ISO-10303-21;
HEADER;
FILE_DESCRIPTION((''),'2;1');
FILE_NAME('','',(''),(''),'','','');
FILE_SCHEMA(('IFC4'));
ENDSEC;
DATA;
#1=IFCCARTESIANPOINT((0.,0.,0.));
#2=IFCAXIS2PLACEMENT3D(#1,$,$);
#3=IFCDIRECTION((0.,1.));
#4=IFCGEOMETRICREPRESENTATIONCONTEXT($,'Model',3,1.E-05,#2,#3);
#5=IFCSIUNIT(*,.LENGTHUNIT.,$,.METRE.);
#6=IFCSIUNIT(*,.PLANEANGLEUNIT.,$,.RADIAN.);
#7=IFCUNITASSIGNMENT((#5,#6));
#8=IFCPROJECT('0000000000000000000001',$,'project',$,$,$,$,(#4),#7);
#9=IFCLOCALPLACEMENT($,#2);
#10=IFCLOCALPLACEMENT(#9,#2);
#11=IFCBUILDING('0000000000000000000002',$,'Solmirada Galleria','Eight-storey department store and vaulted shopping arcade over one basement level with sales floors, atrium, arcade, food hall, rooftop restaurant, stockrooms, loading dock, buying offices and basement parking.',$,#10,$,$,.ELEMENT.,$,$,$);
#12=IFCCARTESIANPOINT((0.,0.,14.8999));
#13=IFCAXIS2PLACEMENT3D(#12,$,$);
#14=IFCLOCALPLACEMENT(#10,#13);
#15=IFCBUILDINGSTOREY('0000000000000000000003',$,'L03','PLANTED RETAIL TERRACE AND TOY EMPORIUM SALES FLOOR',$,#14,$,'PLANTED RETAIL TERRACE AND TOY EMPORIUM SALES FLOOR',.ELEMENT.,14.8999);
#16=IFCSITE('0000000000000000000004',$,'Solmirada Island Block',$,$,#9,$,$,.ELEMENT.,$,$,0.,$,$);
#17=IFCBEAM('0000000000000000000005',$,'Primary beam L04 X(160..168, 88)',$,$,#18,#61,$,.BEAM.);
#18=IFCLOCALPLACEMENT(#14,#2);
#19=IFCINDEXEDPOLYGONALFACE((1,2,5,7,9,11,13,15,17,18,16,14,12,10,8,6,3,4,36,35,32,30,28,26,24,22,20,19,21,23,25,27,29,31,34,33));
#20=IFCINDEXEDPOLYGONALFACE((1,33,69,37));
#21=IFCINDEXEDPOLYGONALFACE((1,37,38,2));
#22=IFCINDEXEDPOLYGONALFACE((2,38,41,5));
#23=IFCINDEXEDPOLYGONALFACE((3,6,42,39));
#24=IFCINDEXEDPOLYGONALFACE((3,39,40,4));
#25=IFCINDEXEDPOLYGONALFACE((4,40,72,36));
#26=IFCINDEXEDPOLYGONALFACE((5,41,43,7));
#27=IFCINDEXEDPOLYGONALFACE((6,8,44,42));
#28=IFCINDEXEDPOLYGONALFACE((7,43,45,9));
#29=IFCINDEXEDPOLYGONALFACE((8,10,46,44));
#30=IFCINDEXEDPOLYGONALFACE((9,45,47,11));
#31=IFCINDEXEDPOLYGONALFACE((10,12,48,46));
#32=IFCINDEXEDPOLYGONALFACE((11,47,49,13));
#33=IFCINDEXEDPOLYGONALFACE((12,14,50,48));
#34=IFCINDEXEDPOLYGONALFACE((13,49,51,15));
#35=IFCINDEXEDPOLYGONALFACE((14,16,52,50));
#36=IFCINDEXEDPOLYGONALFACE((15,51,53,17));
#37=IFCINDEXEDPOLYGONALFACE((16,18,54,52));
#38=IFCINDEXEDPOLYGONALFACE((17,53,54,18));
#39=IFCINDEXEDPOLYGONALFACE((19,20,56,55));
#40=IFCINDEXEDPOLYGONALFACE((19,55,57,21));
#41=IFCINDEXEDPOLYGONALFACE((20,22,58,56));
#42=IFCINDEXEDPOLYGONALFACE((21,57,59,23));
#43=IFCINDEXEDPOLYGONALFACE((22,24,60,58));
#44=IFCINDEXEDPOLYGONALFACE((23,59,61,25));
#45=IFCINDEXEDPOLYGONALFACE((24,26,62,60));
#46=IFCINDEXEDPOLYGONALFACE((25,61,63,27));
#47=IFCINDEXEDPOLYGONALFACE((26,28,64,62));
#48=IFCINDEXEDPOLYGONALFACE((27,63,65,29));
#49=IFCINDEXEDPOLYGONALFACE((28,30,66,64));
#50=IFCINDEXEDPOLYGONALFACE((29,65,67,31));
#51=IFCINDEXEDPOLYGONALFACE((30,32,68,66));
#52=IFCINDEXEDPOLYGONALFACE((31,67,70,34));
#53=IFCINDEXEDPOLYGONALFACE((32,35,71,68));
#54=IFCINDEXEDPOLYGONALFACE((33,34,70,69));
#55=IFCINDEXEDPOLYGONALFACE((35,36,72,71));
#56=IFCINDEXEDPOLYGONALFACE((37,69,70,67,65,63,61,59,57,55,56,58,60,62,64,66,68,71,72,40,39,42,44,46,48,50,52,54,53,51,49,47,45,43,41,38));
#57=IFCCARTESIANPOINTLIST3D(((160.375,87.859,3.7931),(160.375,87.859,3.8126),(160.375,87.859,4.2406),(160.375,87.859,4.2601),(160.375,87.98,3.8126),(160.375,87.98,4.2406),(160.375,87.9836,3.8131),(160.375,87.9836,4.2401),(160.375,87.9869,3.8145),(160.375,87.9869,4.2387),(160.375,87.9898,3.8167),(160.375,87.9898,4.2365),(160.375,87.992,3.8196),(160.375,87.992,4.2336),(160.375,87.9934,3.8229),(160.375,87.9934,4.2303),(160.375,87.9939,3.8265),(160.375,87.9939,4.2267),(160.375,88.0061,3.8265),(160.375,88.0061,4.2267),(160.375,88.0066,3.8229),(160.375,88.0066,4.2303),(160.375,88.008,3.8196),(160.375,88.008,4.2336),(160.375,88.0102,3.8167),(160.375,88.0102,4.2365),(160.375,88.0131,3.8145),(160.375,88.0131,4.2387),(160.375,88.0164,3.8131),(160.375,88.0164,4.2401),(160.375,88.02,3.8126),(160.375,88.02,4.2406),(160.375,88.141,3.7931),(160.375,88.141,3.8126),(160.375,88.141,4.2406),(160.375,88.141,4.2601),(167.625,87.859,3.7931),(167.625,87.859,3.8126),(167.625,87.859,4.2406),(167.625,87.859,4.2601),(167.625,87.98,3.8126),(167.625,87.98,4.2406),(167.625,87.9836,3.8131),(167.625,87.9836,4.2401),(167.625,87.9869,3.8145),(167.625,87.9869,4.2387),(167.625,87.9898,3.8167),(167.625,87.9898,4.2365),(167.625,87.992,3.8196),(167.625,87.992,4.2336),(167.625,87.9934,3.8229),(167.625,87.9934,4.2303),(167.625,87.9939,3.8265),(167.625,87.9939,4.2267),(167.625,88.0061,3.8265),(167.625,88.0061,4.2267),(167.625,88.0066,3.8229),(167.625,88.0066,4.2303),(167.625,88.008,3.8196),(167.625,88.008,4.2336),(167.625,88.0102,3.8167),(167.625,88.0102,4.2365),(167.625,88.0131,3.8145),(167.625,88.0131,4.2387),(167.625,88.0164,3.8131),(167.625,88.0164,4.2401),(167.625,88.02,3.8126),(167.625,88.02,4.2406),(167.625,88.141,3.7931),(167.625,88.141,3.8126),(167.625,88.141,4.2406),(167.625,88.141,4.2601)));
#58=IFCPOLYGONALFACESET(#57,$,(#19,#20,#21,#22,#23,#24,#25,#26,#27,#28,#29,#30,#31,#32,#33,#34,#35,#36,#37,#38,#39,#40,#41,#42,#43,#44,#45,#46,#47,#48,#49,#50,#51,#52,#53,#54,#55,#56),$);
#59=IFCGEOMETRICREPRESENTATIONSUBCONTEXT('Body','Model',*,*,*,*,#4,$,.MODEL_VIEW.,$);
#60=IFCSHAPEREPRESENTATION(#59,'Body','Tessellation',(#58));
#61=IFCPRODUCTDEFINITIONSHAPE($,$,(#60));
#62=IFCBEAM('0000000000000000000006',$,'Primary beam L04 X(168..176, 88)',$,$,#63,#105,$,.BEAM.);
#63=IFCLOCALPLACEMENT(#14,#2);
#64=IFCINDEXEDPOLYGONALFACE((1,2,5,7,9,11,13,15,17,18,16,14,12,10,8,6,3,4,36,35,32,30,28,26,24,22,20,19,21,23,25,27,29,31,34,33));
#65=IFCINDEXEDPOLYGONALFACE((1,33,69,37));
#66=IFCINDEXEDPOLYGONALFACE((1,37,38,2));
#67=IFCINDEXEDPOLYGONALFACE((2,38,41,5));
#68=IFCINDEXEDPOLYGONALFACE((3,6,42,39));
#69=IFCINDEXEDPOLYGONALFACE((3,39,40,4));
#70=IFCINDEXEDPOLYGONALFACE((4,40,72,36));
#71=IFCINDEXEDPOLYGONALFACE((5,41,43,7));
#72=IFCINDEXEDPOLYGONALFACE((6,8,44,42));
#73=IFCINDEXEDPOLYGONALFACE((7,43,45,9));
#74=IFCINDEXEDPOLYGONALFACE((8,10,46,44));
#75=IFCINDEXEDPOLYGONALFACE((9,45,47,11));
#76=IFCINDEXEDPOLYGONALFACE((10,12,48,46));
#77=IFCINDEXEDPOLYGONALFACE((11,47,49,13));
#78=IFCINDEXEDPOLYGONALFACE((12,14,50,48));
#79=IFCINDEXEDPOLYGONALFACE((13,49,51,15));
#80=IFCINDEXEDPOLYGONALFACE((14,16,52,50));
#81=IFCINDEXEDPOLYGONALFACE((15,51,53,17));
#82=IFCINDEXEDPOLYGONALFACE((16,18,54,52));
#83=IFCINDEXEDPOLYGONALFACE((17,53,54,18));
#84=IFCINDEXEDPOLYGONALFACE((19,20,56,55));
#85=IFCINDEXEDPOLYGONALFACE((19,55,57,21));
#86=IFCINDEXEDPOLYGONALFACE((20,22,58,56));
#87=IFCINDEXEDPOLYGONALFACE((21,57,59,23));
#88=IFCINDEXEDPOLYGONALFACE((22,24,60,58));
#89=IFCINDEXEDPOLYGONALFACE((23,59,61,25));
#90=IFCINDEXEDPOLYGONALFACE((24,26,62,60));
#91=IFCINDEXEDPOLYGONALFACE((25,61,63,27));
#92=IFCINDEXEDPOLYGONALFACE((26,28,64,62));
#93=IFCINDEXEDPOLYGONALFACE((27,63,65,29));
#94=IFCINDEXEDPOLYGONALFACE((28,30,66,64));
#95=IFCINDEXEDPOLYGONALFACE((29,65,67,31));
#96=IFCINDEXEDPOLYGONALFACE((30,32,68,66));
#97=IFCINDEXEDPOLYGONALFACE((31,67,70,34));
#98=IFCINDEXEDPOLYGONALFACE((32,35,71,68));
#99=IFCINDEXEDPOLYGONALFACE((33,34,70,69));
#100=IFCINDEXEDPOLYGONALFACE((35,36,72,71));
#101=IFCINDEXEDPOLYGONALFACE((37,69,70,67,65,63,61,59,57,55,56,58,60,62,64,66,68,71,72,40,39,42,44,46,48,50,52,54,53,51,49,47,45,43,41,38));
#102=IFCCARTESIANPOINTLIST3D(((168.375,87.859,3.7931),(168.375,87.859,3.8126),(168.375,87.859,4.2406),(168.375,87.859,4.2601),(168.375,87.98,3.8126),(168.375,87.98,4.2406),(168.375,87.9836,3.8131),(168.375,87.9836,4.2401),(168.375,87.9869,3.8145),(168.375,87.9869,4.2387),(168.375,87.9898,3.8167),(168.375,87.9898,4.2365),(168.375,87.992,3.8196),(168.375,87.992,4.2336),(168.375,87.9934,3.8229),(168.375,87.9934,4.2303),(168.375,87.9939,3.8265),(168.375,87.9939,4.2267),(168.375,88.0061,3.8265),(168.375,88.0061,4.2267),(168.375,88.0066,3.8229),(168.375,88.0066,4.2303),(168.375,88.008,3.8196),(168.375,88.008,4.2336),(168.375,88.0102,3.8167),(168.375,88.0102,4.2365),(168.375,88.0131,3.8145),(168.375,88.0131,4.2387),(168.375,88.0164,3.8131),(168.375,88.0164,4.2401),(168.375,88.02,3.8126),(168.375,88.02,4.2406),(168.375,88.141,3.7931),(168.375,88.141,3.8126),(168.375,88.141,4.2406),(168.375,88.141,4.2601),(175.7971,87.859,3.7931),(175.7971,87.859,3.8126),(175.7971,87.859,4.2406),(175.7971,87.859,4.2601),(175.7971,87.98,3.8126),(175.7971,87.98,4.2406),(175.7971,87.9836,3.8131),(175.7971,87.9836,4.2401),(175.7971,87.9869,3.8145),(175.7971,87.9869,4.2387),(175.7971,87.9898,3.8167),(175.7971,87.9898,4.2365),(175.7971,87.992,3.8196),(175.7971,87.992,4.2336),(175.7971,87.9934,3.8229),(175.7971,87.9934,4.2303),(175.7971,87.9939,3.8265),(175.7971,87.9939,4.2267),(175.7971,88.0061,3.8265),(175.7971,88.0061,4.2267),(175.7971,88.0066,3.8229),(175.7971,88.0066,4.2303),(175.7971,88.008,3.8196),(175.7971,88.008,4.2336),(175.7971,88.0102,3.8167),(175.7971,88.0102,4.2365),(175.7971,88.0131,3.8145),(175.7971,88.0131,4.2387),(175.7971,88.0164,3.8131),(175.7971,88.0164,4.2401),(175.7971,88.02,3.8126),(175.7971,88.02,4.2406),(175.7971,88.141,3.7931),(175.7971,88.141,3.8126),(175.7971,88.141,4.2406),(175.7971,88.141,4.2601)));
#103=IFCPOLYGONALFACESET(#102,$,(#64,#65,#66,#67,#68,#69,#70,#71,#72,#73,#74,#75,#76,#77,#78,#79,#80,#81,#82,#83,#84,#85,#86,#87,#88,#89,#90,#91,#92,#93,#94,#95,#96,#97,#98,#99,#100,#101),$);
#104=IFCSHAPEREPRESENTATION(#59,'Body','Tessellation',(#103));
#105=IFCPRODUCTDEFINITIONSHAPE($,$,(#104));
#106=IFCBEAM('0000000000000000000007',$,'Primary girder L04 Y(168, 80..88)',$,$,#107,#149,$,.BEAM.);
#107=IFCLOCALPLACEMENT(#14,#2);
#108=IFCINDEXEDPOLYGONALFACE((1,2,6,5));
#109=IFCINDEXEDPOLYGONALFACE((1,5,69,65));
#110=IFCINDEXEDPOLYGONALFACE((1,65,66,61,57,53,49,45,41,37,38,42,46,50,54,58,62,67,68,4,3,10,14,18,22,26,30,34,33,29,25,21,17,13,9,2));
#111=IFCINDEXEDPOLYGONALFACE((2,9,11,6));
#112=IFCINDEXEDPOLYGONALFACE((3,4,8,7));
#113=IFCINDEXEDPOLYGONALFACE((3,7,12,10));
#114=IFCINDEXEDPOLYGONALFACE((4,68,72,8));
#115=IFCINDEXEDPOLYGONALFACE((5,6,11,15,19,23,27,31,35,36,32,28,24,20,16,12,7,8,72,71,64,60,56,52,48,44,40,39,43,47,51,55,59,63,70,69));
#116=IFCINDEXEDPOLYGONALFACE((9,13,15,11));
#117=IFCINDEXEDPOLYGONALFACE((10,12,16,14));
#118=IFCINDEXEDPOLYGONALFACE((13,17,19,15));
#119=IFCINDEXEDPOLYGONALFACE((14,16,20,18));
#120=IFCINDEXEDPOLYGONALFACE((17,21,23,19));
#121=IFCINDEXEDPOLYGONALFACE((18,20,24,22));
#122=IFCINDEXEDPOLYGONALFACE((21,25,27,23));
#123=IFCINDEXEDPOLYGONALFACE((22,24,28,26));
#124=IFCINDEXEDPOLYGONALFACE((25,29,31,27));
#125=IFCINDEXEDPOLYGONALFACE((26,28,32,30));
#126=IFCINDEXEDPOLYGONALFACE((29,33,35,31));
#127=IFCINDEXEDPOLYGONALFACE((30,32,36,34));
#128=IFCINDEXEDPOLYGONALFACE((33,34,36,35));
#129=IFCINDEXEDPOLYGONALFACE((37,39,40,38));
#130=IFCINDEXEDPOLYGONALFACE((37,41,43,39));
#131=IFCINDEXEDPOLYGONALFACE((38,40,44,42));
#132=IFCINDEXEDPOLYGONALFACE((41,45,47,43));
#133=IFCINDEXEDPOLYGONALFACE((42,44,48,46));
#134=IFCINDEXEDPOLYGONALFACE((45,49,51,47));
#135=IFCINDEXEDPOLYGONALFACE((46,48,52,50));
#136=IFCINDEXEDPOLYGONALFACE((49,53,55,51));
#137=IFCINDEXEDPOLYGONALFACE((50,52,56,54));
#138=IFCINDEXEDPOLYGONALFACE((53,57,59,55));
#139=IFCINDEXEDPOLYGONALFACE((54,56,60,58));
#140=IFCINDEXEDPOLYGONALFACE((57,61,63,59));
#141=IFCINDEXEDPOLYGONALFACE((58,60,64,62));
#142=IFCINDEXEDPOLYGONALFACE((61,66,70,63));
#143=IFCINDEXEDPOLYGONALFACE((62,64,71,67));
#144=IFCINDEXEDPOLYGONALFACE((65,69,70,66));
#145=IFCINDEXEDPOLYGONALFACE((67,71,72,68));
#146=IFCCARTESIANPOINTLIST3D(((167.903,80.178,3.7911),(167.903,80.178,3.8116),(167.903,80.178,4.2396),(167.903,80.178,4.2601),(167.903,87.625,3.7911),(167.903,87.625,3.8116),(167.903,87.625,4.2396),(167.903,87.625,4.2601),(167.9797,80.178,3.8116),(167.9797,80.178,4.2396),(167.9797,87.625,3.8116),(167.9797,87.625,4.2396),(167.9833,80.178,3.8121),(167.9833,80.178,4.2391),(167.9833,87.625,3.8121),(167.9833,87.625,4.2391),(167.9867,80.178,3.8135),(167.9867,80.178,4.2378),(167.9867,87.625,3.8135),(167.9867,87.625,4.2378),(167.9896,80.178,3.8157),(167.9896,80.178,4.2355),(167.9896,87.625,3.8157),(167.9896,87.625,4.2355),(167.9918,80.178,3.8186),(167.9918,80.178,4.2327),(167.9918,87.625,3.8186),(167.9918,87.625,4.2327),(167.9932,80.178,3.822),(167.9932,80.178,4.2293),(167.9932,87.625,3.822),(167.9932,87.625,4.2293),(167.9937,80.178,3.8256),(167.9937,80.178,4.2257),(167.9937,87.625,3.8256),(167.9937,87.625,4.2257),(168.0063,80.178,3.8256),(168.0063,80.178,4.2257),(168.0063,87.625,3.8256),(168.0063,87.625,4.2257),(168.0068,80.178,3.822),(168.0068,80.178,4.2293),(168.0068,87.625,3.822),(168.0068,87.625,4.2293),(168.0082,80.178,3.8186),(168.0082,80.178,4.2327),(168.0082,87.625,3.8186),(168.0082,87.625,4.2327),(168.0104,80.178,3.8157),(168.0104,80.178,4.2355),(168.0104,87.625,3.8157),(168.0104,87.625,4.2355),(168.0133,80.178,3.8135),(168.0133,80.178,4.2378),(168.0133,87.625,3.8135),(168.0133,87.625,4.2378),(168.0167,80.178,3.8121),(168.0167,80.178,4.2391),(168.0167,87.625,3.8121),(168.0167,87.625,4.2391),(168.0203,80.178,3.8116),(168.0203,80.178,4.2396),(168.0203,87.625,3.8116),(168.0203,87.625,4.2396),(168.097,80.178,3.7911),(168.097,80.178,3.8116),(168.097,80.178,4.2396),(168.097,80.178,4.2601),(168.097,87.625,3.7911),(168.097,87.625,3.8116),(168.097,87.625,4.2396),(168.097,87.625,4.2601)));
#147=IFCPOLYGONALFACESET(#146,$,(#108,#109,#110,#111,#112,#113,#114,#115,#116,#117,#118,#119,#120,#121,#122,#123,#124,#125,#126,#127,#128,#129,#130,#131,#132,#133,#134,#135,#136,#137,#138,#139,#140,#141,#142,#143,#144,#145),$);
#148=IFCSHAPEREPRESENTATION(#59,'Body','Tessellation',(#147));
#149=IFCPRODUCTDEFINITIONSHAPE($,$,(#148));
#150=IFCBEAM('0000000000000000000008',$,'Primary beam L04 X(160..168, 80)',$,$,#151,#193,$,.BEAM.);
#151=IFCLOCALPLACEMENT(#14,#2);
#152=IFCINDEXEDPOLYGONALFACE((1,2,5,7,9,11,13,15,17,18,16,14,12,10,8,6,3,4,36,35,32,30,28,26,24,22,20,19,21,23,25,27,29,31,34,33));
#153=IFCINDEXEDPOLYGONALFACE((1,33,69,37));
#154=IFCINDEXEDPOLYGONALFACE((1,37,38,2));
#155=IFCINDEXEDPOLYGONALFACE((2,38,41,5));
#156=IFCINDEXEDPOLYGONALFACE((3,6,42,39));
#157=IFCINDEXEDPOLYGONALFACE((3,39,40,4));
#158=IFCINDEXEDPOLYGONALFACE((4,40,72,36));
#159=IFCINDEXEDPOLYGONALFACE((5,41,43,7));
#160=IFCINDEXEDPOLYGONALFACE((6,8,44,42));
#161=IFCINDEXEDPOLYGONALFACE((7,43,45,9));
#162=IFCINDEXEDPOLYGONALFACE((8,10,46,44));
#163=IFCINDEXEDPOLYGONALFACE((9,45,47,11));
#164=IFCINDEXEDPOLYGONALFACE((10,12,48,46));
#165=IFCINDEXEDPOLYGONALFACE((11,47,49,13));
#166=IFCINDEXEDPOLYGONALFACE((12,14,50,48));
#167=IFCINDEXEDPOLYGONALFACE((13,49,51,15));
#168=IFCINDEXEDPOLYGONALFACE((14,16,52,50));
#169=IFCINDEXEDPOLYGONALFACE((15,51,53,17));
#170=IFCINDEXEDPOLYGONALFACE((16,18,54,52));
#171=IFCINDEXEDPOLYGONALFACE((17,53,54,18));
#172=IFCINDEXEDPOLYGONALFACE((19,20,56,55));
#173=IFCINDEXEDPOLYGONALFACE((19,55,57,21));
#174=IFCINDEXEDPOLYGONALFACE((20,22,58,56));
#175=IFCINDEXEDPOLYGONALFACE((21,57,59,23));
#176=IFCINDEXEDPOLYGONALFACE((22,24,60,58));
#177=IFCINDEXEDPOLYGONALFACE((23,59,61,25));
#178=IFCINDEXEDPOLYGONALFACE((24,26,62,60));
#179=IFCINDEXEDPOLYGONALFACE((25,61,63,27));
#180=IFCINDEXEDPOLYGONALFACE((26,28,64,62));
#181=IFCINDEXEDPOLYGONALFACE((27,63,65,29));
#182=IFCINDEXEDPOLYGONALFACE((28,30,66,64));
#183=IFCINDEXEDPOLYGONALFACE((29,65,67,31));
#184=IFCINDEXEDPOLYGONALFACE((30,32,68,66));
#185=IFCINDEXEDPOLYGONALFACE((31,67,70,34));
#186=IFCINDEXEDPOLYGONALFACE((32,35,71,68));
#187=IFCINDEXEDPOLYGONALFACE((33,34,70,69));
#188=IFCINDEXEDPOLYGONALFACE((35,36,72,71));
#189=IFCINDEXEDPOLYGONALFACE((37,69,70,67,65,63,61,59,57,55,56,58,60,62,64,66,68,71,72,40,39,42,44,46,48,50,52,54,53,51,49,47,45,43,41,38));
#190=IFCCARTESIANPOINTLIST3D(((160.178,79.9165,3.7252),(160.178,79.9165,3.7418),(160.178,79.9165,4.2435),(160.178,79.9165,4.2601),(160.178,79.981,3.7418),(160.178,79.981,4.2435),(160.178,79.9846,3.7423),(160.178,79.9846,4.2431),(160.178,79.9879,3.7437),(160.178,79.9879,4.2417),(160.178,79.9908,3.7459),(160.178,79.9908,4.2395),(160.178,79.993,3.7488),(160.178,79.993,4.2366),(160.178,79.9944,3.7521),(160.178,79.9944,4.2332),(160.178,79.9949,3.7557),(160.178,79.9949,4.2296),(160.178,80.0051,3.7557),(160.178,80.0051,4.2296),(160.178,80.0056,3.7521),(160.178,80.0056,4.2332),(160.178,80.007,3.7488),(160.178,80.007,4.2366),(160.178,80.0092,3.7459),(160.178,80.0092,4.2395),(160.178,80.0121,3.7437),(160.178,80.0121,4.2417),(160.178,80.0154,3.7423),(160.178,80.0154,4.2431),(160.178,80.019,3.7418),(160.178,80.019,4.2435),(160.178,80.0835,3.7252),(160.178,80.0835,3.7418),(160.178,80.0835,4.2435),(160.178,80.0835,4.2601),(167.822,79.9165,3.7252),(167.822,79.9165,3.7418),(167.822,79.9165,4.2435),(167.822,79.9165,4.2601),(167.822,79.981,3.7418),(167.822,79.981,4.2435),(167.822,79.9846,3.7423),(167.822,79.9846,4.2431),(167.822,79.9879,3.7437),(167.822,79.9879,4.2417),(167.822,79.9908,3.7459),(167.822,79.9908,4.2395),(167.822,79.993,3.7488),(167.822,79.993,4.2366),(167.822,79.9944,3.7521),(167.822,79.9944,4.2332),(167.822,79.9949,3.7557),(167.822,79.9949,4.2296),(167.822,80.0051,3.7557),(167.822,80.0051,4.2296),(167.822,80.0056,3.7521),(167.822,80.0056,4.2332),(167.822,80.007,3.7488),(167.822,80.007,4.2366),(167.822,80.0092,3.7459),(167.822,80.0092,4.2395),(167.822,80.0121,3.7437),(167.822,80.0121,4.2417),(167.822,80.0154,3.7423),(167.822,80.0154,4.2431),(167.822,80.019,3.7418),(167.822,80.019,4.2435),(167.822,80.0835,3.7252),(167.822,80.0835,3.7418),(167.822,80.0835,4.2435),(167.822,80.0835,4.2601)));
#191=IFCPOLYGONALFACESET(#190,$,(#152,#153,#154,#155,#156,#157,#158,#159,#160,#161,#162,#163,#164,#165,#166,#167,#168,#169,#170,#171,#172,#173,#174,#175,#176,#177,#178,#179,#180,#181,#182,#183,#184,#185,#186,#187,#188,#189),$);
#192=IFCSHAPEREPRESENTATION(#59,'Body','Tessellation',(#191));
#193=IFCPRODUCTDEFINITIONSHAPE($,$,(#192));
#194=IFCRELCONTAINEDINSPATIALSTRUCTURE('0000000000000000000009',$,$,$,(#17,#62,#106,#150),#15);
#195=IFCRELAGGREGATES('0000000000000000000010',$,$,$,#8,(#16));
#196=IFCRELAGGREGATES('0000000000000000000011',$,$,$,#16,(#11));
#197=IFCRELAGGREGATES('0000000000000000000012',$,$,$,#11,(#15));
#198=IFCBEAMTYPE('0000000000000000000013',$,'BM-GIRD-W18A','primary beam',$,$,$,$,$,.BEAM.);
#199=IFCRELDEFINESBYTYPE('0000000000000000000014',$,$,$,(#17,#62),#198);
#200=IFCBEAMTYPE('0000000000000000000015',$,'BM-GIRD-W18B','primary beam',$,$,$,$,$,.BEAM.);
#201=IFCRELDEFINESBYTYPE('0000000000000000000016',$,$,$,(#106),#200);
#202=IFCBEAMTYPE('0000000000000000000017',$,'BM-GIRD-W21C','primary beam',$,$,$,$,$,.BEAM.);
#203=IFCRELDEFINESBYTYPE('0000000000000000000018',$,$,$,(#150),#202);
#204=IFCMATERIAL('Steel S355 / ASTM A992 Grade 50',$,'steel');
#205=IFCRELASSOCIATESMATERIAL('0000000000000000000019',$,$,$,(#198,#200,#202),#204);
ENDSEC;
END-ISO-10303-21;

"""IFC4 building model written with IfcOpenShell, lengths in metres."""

from ifc_helpers import new_model, si_unit, direction, frame, origin, origin_2d, place, context, subcontext, project, spatial, i_section, extrude, material, material_profile, profile_set, type_object, element, save


model = new_model("IFC4")

# Units and contexts
model_context = context("Model", 3, precision=1e-05, world=origin(), true_north=direction((0.0, 1.0)))
body_context = subcontext(model_context, "Body", "Model", "MODEL_VIEW")
ifc_project = project(units=[si_unit("LENGTHUNIT", "METRE"), si_unit("PLANEANGLEUNIT", "RADIAN")], contexts=[model_context])

# Site, building, storey
site_placement = place(None, origin())
site = spatial("IfcSite", under=ifc_project, at=site_placement, Name="Solmirada Island Block", CompositionType="ELEMENT", RefElevation=0.0)
building_placement = place(site_placement, origin())
building = spatial("IfcBuilding", under=site, at=building_placement, Name="Solmirada Galleria", Description="Eight-storey department store and vaulted shopping arcade over one basement level with sales floors, atrium, arcade, food hall, rooftop restaurant, stockrooms, loading dock, buying offices and basement parking.", CompositionType="ELEMENT")
storey_placement = place(building_placement, frame((0.0, 0.0, 14.8999)))
storey = spatial("IfcBuildingStorey", under=building, at=storey_placement, Name="L03", Description="PLANTED RETAIL TERRACE AND TOY EMPORIUM SALES FLOOR", LongName="PLANTED RETAIL TERRACE AND TOY EMPORIUM SALES FLOOR", CompositionType="ELEMENT", Elevation=14.8999)

# Beams
ifc_material_1 = material(Name="Steel S355 / ASTM A992 Grade 50", Category="steel")
ifc_material_profile_1 = material_profile(ifc_material_1, i_section(OverallWidth=0.282, OverallDepth=0.467, WebThickness=0.0122, FlangeThickness=0.0195, FilletRadius=0.0139, at=origin_2d()), Name="W18X86")
ifc_profile_set_1 = profile_set([ifc_material_profile_1], Name="Steel S355 / ASTM A992 Grade 50")
beam_type_1 = type_object("IfcBeamType", Name="BM-GIRD-W18A", Description="primary beam", PredefinedType="BEAM", material=ifc_profile_set_1)
beam_1_placement = place(storey_placement, frame((160.375, 88.0, 4.0266), z_axis=(1.0, 0.0, 0.0), x_axis=(0.0, 1.0, 0.0)))
element("IfcBeam", 1, at=beam_1_placement, inside=storey, type_object=beam_type_1, Name="Primary beam L04 X(160..168, 88)", PredefinedType="BEAM", context=body_context, shape_type="SweptSolid", body=[
    extrude(i_section(OverallWidth=0.282, OverallDepth=0.467, WebThickness=0.0122, FlangeThickness=0.0195, FilletRadius=0.0139, at=origin_2d()), origin(), (0.0, 0.0, 1.0), 7.25),
])
beam_2_placement = place(storey_placement, frame((168.375, 88.0, 4.0266), z_axis=(1.0, 0.0, 0.0), x_axis=(0.0, 1.0, 0.0)))
element("IfcBeam", 2, at=beam_2_placement, inside=storey, type_object=beam_type_1, Name="Primary beam L04 X(168..176, 88)", PredefinedType="BEAM", context=body_context, shape_type="SweptSolid", body=[
    extrude(i_section(OverallWidth=0.282, OverallDepth=0.467, WebThickness=0.0122, FlangeThickness=0.0195, FilletRadius=0.0139, at=origin_2d()), origin(), (0.0, 0.0, 1.0), 7.4221),
])
ifc_material_profile_2 = material_profile(ifc_material_1, i_section(OverallWidth=0.1941, OverallDepth=0.469, WebThickness=0.0127, FlangeThickness=0.0205, FilletRadius=0.0139, at=origin_2d()), Name="W18X71")
ifc_profile_set_2 = profile_set([ifc_material_profile_2], Name="Steel S355 / ASTM A992 Grade 50")
beam_type_2 = type_object("IfcBeamType", Name="BM-GIRD-W18B", Description="primary beam", PredefinedType="BEAM", material=ifc_profile_set_2)
beam_3_placement = place(storey_placement, frame((168.0, 80.178, 4.0256), z_axis=(0.0, 1.0, 0.0), x_axis=(-1.0, 0.0, 0.0)))
element("IfcBeam", 3, at=beam_3_placement, inside=storey, type_object=beam_type_2, Name="Primary girder L04 Y(168, 80..88)", PredefinedType="BEAM", context=body_context, shape_type="SweptSolid", body=[
    extrude(i_section(OverallWidth=0.1941, OverallDepth=0.469, WebThickness=0.0127, FlangeThickness=0.0205, FilletRadius=0.0139, at=origin_2d()), origin(), (0.0, 0.0, 1.0), 7.447),
])
ifc_material_profile_3 = material_profile(ifc_material_1, i_section(OverallWidth=0.167, OverallDepth=0.5349, WebThickness=0.0103, FlangeThickness=0.0166, FilletRadius=0.0139, at=origin_2d()), Name="W21X57")
ifc_profile_set_3 = profile_set([ifc_material_profile_3], Name="Steel S355 / ASTM A992 Grade 50")
beam_type_3 = type_object("IfcBeamType", Name="BM-GIRD-W21C", Description="primary beam", PredefinedType="BEAM", material=ifc_profile_set_3)
for number, where, z_axis, x_axis, name in (
    (4, (160.178, 80.0, 3.9927), (1.0, 0.0, 0.0), (0.0, 1.0, 0.0), "Primary beam L04 X(160..168, 80)"),
):
    element("IfcBeam", number, at=place(storey_placement, frame(where, z_axis=z_axis, x_axis=x_axis)), inside=storey, type_object=beam_type_3, Name=name, PredefinedType="BEAM", context=body_context, shape_type="SweptSolid", body=[
        extrude(i_section(OverallWidth=0.167, OverallDepth=0.5349, WebThickness=0.0103, FlangeThickness=0.0166, FilletRadius=0.0139, at=origin_2d()), origin(), (0.0, 0.0, 1.0), 7.644),
    ])

save(model, "model.ifc")
